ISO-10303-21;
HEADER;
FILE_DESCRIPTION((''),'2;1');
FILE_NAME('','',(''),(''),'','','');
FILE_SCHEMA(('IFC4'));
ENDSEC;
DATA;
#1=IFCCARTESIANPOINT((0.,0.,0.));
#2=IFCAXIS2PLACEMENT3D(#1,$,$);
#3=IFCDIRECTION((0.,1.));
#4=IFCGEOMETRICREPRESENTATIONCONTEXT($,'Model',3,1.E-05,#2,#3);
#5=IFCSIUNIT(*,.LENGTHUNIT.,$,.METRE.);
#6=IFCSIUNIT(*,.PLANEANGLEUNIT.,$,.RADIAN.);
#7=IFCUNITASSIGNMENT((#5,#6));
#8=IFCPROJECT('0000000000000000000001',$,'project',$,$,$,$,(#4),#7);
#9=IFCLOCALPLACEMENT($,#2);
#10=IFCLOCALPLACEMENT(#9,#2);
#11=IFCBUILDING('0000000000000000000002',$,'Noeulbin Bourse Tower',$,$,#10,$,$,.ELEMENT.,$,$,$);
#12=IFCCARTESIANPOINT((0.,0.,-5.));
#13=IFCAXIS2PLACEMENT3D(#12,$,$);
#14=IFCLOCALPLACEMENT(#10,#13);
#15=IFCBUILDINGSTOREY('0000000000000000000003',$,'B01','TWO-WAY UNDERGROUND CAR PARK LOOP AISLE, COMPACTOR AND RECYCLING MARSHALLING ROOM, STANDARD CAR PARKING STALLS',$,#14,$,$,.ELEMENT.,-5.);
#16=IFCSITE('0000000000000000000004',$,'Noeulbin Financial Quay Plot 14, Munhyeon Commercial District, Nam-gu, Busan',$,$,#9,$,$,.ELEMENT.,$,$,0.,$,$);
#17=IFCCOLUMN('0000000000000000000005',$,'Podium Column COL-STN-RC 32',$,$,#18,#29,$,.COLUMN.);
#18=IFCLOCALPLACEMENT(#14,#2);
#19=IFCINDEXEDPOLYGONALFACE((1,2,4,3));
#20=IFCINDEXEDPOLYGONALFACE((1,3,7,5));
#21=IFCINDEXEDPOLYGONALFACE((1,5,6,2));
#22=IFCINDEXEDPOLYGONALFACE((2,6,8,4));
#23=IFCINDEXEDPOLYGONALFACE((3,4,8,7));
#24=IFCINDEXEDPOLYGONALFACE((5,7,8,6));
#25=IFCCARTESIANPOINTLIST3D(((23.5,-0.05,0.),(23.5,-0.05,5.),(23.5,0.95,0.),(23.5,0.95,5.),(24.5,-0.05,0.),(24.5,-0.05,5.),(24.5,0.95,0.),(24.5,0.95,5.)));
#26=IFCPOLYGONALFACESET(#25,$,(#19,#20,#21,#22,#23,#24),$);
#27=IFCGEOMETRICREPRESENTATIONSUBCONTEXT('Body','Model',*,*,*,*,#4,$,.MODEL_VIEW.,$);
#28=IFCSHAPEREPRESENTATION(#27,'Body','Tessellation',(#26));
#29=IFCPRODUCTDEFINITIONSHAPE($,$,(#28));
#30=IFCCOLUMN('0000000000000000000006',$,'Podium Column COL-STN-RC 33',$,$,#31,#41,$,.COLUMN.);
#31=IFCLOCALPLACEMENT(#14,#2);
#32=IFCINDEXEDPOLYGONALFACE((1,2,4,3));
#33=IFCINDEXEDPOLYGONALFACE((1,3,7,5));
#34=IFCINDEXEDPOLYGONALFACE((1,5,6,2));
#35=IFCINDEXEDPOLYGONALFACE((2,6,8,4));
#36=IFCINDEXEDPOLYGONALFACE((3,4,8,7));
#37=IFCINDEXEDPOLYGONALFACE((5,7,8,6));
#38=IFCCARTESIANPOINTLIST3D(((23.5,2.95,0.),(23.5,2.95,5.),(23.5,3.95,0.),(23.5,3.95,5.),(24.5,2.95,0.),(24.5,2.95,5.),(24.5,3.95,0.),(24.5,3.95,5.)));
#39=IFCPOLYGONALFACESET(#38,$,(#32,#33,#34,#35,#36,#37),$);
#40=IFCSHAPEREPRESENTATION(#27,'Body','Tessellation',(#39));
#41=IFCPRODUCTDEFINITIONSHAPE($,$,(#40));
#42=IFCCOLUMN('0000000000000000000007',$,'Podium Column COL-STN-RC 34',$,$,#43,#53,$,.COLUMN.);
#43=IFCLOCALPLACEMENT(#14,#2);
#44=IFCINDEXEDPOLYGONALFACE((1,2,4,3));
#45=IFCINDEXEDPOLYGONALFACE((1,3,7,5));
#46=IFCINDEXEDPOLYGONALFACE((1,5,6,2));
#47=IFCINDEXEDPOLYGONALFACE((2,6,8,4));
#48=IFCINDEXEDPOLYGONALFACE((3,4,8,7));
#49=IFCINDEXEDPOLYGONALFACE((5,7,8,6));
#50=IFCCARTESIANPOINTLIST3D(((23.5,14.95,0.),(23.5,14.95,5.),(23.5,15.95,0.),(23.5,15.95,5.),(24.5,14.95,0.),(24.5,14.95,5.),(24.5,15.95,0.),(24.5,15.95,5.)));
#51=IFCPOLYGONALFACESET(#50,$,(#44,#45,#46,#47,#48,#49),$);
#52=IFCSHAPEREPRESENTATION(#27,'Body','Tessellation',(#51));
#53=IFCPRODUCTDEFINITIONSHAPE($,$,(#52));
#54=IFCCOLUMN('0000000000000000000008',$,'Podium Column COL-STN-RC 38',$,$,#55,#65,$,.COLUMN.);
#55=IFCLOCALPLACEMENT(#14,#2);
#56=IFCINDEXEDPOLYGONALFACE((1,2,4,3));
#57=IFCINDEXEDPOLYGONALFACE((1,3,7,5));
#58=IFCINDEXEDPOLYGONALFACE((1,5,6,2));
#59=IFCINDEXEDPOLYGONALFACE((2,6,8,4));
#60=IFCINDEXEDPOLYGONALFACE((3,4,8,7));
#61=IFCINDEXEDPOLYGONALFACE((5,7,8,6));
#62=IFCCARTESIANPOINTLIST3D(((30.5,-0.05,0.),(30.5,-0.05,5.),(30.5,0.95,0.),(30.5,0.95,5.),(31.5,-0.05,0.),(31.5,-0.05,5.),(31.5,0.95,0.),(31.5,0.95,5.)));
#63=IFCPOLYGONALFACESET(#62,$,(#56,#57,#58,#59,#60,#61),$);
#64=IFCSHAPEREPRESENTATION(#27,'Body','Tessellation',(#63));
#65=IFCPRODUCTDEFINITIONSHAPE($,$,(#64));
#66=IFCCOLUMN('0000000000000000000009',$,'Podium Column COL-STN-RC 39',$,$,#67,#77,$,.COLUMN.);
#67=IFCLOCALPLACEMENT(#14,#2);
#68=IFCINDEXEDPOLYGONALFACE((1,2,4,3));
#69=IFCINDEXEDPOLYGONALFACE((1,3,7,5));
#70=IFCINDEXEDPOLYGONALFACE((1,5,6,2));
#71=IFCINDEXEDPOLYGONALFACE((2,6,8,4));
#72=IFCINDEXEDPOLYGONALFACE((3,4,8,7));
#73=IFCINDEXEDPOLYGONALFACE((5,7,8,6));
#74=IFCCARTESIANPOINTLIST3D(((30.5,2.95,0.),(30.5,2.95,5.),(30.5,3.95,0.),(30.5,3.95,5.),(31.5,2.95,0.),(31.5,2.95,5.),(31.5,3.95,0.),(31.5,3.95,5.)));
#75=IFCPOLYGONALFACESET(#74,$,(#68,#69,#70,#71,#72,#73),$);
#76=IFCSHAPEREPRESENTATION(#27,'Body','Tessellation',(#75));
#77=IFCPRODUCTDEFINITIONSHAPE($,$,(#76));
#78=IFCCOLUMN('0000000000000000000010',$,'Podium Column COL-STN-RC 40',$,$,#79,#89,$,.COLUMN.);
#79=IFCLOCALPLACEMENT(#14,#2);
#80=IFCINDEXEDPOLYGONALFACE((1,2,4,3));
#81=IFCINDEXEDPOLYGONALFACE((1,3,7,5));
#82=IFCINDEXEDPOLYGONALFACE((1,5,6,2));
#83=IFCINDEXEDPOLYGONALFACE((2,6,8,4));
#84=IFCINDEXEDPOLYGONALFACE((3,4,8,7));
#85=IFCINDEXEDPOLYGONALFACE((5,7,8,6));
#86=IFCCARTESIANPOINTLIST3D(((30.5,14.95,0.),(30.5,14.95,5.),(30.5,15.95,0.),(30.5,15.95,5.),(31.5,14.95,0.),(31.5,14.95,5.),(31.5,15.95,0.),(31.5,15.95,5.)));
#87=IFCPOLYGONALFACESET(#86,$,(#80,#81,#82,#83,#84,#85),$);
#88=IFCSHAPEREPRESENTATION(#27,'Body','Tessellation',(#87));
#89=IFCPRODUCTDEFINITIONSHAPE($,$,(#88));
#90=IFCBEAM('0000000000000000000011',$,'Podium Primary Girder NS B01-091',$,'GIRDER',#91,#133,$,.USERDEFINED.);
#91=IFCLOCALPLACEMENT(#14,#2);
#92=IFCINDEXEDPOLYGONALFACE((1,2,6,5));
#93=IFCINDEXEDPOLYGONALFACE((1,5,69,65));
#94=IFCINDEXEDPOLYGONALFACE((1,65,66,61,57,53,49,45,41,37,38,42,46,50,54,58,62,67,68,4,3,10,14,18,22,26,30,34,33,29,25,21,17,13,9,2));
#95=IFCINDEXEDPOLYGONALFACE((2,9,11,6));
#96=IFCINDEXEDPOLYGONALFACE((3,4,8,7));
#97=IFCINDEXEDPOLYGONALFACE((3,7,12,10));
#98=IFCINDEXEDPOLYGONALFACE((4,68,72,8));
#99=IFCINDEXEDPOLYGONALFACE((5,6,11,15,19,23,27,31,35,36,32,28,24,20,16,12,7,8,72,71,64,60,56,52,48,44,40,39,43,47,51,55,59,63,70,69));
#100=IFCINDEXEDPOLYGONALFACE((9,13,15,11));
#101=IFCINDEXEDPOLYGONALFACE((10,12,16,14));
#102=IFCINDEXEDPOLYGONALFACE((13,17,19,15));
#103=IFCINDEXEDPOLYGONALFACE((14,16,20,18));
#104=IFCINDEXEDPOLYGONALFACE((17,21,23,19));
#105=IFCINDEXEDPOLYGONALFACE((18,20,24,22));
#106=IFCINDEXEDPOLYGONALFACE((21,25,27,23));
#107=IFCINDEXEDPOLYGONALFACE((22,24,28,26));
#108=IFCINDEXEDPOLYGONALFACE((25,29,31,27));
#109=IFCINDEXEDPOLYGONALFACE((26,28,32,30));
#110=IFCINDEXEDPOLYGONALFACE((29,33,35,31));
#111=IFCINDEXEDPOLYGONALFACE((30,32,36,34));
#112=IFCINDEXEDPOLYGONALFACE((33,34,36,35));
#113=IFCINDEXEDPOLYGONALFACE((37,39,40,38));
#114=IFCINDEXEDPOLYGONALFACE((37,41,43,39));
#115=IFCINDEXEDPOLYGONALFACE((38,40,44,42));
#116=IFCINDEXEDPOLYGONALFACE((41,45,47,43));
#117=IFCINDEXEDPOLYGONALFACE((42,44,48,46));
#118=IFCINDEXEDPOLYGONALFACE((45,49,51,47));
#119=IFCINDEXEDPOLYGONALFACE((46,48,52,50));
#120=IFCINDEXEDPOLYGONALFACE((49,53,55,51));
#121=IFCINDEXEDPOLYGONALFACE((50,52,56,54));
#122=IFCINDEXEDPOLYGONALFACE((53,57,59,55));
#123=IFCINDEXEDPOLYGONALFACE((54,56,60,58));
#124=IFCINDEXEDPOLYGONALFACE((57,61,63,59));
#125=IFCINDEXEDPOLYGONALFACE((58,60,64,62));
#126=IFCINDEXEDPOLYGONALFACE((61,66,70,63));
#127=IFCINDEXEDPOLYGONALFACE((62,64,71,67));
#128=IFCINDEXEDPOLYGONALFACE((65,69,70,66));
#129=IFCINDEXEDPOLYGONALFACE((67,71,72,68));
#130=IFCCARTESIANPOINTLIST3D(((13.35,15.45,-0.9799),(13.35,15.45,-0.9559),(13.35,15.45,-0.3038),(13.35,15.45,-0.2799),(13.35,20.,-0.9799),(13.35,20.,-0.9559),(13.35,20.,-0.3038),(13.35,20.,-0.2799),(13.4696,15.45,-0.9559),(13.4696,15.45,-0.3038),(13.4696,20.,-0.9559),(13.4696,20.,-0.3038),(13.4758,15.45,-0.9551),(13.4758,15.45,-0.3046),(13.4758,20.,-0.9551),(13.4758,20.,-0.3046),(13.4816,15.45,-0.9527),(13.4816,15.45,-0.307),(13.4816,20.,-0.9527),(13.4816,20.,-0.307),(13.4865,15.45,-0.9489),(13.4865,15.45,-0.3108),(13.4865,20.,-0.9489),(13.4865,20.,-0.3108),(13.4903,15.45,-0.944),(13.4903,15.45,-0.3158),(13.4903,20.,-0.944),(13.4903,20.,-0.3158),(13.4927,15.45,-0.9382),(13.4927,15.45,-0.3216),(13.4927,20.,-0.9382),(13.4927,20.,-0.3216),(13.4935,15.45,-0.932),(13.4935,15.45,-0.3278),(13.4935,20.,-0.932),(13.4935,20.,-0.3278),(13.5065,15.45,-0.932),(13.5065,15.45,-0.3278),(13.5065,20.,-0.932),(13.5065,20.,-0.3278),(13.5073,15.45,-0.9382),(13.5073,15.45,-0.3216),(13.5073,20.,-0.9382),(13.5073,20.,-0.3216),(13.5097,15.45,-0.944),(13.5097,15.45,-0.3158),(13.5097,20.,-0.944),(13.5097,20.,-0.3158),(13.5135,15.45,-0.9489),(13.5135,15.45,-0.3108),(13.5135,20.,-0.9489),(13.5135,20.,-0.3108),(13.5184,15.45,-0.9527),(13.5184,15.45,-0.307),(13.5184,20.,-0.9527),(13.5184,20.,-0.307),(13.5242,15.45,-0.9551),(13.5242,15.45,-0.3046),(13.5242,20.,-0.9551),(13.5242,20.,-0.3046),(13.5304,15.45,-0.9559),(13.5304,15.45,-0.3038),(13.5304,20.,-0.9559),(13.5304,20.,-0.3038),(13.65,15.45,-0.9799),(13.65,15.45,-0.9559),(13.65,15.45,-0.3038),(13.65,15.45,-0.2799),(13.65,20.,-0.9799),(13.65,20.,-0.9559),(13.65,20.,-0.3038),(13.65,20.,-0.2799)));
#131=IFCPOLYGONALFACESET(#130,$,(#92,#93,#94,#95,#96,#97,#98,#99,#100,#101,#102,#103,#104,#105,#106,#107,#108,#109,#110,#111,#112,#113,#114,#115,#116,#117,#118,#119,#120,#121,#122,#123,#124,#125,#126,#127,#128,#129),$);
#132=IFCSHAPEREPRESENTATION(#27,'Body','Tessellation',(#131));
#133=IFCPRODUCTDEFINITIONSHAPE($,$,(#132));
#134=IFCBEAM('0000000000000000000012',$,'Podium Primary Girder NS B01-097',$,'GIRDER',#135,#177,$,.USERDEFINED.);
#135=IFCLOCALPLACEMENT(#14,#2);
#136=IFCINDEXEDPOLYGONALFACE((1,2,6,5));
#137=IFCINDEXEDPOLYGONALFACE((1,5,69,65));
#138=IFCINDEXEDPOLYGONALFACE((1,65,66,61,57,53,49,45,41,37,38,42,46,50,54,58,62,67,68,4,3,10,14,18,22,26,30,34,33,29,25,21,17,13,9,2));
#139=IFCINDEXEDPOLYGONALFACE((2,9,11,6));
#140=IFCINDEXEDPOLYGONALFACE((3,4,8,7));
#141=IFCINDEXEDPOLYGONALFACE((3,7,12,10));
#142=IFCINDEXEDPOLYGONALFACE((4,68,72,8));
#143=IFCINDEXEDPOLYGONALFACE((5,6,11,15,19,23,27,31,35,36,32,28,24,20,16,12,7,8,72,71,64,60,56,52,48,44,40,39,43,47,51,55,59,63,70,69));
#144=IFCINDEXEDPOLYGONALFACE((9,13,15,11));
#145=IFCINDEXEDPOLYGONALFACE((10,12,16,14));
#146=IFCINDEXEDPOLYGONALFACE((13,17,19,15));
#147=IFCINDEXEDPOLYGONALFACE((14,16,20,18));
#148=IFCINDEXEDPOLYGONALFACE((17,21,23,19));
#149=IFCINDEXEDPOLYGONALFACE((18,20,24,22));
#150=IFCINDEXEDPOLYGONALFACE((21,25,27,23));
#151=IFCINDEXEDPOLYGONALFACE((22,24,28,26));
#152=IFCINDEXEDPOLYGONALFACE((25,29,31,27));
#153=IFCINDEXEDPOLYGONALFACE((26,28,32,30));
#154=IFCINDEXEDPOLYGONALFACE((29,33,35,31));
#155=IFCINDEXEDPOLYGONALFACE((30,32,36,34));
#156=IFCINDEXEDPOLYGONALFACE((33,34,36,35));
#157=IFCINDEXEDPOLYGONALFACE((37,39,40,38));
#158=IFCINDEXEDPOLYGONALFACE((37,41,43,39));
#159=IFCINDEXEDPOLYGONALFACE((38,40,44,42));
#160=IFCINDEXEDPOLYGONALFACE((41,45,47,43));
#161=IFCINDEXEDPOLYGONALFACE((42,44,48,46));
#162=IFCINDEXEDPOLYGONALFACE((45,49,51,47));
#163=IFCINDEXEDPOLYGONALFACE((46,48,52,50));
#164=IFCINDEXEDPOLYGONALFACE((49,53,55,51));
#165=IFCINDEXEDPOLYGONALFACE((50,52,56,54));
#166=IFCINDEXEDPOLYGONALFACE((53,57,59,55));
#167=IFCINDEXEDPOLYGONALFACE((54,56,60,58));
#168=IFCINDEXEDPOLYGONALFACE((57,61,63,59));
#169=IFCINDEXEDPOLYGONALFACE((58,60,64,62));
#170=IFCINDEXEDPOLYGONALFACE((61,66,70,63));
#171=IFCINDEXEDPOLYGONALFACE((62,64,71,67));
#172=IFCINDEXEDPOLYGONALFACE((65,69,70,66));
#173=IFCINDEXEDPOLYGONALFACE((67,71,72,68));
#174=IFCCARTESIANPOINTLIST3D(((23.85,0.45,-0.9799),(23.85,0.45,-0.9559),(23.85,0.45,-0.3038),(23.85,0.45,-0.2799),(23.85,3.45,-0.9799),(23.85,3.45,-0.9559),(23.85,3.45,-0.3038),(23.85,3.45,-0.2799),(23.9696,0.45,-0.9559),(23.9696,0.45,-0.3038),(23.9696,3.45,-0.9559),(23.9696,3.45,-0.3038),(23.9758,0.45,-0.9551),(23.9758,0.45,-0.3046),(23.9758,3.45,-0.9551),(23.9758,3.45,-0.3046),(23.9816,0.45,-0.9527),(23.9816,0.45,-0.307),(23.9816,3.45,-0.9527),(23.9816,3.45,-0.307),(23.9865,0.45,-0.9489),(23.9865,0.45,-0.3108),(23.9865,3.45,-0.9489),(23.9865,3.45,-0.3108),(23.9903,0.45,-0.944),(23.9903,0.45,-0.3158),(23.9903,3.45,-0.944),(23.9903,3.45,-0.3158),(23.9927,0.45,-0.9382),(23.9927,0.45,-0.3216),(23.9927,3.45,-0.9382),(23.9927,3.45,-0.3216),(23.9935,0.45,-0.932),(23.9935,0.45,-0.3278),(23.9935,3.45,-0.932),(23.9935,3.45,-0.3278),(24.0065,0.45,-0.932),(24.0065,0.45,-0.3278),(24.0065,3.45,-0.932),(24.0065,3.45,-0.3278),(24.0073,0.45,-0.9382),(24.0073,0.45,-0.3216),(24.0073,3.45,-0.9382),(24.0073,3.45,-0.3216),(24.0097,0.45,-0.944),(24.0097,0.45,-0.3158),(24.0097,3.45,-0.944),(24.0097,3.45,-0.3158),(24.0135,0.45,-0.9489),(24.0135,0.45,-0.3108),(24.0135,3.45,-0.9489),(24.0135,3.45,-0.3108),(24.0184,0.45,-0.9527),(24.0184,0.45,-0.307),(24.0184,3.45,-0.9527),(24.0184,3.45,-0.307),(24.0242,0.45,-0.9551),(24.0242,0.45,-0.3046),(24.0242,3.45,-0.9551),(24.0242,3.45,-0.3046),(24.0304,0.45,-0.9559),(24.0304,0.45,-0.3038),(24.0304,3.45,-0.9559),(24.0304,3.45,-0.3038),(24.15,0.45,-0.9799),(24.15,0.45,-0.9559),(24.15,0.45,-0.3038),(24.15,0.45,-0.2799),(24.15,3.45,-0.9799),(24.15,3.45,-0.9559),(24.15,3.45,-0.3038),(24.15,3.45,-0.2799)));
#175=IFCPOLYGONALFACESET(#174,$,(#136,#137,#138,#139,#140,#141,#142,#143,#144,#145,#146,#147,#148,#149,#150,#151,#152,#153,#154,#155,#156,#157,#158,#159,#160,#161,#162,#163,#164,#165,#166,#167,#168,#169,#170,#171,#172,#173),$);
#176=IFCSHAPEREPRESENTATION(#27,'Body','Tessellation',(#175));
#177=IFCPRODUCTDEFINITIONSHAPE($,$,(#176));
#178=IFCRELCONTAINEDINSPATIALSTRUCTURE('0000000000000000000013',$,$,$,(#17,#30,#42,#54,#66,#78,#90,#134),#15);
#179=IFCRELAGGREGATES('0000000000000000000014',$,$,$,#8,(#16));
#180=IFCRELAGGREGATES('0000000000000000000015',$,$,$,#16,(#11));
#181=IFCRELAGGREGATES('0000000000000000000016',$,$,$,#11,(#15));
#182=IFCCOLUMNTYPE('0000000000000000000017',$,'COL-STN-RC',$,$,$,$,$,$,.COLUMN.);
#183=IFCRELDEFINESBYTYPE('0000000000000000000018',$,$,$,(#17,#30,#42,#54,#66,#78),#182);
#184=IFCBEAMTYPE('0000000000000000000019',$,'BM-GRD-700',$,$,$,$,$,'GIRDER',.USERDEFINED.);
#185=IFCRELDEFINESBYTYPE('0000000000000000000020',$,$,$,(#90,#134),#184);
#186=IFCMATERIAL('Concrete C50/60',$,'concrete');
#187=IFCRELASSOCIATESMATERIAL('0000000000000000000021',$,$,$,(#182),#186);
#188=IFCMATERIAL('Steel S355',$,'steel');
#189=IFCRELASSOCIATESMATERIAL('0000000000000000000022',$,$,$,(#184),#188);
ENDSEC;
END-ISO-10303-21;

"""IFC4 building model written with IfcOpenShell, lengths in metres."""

from ifc_helpers import new_model, si_unit, direction, frame, origin, origin_2d, place, context, subcontext, project, spatial, rectangle, i_section, extrude, material, material_profile, profile_set, type_object, element, save


model = new_model("IFC4")

# Units and contexts
model_context = context("Model", 3, precision=1e-05, world=origin(), true_north=direction((0.0, 1.0)))
body_context = subcontext(model_context, "Body", "Model", "MODEL_VIEW")
ifc_project = project(units=[si_unit("LENGTHUNIT", "METRE"), si_unit("PLANEANGLEUNIT", "RADIAN")], contexts=[model_context])

# Site, building, storey
site_placement = place(None, origin())
site = spatial("IfcSite", under=ifc_project, at=site_placement, Name="Noeulbin Financial Quay Plot 14, Munhyeon Commercial District, Nam-gu, Busan", CompositionType="ELEMENT", RefElevation=0.0)
building_placement = place(site_placement, origin())
building = spatial("IfcBuilding", under=site, at=building_placement, Name="Noeulbin Bourse Tower", CompositionType="ELEMENT")
storey_placement = place(building_placement, frame((0.0, 0.0, -5.0)))
storey = spatial("IfcBuildingStorey", under=building, at=storey_placement, Name="B01", Description="TWO-WAY UNDERGROUND CAR PARK LOOP AISLE, COMPACTOR AND RECYCLING MARSHALLING ROOM, STANDARD CAR PARKING STALLS", CompositionType="ELEMENT", Elevation=-5.0)

# Columns
ifc_material_1 = material(Name="Concrete C50/60", Category="concrete")
ifc_material_profile_1 = material_profile(ifc_material_1, rectangle(XDim=1.0, YDim=1.0, at=origin_2d()), Name="RC-COL-1000x1000", Category="LoadBearing")
ifc_profile_set_1 = profile_set([ifc_material_profile_1], Name="Concrete C50/60")
column_type = type_object("IfcColumnType", Name="COL-STN-RC", PredefinedType="COLUMN", material=ifc_profile_set_1)
for number, where, z_axis, x_axis, name in (
    (1, (24.0, 0.45, 0.0), (0.0, 0.0, 1.0), (1.0, 0.0, 0.0), "Podium Column COL-STN-RC 32"),
    (2, (24.0, 3.45, 0.0), (0.0, 0.0, 1.0), (1.0, 0.0, 0.0), "Podium Column COL-STN-RC 33"),
    (3, (24.0, 15.45, 0.0), (0.0, 0.0, 1.0), (1.0, 0.0, 0.0), "Podium Column COL-STN-RC 34"),
    (4, (31.0, 0.45, 0.0), (0.0, 0.0, 1.0), (1.0, 0.0, 0.0), "Podium Column COL-STN-RC 38"),
    (5, (31.0, 3.45, 0.0), (0.0, 0.0, 1.0), (1.0, 0.0, 0.0), "Podium Column COL-STN-RC 39"),
    (6, (31.0, 15.45, 0.0), (0.0, 0.0, 1.0), (1.0, 0.0, 0.0), "Podium Column COL-STN-RC 40"),
):
    element("IfcColumn", number, at=place(storey_placement, frame(where, z_axis=z_axis, x_axis=x_axis)), inside=storey, type_object=column_type, Name=name, PredefinedType="COLUMN", context=body_context, shape_type="SweptSolid", body=[
        extrude(rectangle(XDim=1.0, YDim=1.0, at=origin_2d()), origin(), (0.0, 0.0, 1.0), 5.0),
    ])

# Beams
ifc_material_2 = material(Name="Steel S355", Category="steel")
ifc_material_profile_2 = material_profile(ifc_material_2, i_section(OverallWidth=0.3, OverallDepth=0.7, WebThickness=0.0129, FlangeThickness=0.0239, FilletRadius=0.0239, at=origin_2d()), Name="H-700x300x13x24", Category="LoadBearing")
ifc_profile_set_2 = profile_set([ifc_material_profile_2], Name="Steel S355")
beam_type_1 = type_object("IfcBeamType", Name="BM-GRD-700", ElementType="GIRDER", PredefinedType="USERDEFINED", material=ifc_profile_set_2)
beam_1_placement = place(storey_placement, frame((13.5, 15.45, -0.6299), z_axis=(0.0, 1.0, 0.0), x_axis=(-1.0, 0.0, 0.0)))
element("IfcBeam", 7, at=beam_1_placement, inside=storey, type_object=beam_type_1, Name="Podium Primary Girder NS B01-091", ObjectType="GIRDER", PredefinedType="USERDEFINED", context=body_context, shape_type="SweptSolid", body=[
    extrude(i_section(OverallWidth=0.3, OverallDepth=0.7, WebThickness=0.0129, FlangeThickness=0.0239, FilletRadius=0.0239, at=origin_2d()), origin(), (0.0, 0.0, 1.0), 4.55),
])
beam_2_placement = place(storey_placement, frame((24.0, 0.45, -0.6299), z_axis=(0.0, 1.0, 0.0), x_axis=(-1.0, 0.0, 0.0)))
element("IfcBeam", 8, at=beam_2_placement, inside=storey, type_object=beam_type_1, Name="Podium Primary Girder NS B01-097", ObjectType="GIRDER", PredefinedType="USERDEFINED", context=body_context, shape_type="SweptSolid", body=[
    extrude(i_section(OverallWidth=0.3, OverallDepth=0.7, WebThickness=0.0129, FlangeThickness=0.0239, FilletRadius=0.0239, at=origin_2d()), origin(), (0.0, 0.0, 1.0), 3.0),
])

save(model, "model.ifc")
